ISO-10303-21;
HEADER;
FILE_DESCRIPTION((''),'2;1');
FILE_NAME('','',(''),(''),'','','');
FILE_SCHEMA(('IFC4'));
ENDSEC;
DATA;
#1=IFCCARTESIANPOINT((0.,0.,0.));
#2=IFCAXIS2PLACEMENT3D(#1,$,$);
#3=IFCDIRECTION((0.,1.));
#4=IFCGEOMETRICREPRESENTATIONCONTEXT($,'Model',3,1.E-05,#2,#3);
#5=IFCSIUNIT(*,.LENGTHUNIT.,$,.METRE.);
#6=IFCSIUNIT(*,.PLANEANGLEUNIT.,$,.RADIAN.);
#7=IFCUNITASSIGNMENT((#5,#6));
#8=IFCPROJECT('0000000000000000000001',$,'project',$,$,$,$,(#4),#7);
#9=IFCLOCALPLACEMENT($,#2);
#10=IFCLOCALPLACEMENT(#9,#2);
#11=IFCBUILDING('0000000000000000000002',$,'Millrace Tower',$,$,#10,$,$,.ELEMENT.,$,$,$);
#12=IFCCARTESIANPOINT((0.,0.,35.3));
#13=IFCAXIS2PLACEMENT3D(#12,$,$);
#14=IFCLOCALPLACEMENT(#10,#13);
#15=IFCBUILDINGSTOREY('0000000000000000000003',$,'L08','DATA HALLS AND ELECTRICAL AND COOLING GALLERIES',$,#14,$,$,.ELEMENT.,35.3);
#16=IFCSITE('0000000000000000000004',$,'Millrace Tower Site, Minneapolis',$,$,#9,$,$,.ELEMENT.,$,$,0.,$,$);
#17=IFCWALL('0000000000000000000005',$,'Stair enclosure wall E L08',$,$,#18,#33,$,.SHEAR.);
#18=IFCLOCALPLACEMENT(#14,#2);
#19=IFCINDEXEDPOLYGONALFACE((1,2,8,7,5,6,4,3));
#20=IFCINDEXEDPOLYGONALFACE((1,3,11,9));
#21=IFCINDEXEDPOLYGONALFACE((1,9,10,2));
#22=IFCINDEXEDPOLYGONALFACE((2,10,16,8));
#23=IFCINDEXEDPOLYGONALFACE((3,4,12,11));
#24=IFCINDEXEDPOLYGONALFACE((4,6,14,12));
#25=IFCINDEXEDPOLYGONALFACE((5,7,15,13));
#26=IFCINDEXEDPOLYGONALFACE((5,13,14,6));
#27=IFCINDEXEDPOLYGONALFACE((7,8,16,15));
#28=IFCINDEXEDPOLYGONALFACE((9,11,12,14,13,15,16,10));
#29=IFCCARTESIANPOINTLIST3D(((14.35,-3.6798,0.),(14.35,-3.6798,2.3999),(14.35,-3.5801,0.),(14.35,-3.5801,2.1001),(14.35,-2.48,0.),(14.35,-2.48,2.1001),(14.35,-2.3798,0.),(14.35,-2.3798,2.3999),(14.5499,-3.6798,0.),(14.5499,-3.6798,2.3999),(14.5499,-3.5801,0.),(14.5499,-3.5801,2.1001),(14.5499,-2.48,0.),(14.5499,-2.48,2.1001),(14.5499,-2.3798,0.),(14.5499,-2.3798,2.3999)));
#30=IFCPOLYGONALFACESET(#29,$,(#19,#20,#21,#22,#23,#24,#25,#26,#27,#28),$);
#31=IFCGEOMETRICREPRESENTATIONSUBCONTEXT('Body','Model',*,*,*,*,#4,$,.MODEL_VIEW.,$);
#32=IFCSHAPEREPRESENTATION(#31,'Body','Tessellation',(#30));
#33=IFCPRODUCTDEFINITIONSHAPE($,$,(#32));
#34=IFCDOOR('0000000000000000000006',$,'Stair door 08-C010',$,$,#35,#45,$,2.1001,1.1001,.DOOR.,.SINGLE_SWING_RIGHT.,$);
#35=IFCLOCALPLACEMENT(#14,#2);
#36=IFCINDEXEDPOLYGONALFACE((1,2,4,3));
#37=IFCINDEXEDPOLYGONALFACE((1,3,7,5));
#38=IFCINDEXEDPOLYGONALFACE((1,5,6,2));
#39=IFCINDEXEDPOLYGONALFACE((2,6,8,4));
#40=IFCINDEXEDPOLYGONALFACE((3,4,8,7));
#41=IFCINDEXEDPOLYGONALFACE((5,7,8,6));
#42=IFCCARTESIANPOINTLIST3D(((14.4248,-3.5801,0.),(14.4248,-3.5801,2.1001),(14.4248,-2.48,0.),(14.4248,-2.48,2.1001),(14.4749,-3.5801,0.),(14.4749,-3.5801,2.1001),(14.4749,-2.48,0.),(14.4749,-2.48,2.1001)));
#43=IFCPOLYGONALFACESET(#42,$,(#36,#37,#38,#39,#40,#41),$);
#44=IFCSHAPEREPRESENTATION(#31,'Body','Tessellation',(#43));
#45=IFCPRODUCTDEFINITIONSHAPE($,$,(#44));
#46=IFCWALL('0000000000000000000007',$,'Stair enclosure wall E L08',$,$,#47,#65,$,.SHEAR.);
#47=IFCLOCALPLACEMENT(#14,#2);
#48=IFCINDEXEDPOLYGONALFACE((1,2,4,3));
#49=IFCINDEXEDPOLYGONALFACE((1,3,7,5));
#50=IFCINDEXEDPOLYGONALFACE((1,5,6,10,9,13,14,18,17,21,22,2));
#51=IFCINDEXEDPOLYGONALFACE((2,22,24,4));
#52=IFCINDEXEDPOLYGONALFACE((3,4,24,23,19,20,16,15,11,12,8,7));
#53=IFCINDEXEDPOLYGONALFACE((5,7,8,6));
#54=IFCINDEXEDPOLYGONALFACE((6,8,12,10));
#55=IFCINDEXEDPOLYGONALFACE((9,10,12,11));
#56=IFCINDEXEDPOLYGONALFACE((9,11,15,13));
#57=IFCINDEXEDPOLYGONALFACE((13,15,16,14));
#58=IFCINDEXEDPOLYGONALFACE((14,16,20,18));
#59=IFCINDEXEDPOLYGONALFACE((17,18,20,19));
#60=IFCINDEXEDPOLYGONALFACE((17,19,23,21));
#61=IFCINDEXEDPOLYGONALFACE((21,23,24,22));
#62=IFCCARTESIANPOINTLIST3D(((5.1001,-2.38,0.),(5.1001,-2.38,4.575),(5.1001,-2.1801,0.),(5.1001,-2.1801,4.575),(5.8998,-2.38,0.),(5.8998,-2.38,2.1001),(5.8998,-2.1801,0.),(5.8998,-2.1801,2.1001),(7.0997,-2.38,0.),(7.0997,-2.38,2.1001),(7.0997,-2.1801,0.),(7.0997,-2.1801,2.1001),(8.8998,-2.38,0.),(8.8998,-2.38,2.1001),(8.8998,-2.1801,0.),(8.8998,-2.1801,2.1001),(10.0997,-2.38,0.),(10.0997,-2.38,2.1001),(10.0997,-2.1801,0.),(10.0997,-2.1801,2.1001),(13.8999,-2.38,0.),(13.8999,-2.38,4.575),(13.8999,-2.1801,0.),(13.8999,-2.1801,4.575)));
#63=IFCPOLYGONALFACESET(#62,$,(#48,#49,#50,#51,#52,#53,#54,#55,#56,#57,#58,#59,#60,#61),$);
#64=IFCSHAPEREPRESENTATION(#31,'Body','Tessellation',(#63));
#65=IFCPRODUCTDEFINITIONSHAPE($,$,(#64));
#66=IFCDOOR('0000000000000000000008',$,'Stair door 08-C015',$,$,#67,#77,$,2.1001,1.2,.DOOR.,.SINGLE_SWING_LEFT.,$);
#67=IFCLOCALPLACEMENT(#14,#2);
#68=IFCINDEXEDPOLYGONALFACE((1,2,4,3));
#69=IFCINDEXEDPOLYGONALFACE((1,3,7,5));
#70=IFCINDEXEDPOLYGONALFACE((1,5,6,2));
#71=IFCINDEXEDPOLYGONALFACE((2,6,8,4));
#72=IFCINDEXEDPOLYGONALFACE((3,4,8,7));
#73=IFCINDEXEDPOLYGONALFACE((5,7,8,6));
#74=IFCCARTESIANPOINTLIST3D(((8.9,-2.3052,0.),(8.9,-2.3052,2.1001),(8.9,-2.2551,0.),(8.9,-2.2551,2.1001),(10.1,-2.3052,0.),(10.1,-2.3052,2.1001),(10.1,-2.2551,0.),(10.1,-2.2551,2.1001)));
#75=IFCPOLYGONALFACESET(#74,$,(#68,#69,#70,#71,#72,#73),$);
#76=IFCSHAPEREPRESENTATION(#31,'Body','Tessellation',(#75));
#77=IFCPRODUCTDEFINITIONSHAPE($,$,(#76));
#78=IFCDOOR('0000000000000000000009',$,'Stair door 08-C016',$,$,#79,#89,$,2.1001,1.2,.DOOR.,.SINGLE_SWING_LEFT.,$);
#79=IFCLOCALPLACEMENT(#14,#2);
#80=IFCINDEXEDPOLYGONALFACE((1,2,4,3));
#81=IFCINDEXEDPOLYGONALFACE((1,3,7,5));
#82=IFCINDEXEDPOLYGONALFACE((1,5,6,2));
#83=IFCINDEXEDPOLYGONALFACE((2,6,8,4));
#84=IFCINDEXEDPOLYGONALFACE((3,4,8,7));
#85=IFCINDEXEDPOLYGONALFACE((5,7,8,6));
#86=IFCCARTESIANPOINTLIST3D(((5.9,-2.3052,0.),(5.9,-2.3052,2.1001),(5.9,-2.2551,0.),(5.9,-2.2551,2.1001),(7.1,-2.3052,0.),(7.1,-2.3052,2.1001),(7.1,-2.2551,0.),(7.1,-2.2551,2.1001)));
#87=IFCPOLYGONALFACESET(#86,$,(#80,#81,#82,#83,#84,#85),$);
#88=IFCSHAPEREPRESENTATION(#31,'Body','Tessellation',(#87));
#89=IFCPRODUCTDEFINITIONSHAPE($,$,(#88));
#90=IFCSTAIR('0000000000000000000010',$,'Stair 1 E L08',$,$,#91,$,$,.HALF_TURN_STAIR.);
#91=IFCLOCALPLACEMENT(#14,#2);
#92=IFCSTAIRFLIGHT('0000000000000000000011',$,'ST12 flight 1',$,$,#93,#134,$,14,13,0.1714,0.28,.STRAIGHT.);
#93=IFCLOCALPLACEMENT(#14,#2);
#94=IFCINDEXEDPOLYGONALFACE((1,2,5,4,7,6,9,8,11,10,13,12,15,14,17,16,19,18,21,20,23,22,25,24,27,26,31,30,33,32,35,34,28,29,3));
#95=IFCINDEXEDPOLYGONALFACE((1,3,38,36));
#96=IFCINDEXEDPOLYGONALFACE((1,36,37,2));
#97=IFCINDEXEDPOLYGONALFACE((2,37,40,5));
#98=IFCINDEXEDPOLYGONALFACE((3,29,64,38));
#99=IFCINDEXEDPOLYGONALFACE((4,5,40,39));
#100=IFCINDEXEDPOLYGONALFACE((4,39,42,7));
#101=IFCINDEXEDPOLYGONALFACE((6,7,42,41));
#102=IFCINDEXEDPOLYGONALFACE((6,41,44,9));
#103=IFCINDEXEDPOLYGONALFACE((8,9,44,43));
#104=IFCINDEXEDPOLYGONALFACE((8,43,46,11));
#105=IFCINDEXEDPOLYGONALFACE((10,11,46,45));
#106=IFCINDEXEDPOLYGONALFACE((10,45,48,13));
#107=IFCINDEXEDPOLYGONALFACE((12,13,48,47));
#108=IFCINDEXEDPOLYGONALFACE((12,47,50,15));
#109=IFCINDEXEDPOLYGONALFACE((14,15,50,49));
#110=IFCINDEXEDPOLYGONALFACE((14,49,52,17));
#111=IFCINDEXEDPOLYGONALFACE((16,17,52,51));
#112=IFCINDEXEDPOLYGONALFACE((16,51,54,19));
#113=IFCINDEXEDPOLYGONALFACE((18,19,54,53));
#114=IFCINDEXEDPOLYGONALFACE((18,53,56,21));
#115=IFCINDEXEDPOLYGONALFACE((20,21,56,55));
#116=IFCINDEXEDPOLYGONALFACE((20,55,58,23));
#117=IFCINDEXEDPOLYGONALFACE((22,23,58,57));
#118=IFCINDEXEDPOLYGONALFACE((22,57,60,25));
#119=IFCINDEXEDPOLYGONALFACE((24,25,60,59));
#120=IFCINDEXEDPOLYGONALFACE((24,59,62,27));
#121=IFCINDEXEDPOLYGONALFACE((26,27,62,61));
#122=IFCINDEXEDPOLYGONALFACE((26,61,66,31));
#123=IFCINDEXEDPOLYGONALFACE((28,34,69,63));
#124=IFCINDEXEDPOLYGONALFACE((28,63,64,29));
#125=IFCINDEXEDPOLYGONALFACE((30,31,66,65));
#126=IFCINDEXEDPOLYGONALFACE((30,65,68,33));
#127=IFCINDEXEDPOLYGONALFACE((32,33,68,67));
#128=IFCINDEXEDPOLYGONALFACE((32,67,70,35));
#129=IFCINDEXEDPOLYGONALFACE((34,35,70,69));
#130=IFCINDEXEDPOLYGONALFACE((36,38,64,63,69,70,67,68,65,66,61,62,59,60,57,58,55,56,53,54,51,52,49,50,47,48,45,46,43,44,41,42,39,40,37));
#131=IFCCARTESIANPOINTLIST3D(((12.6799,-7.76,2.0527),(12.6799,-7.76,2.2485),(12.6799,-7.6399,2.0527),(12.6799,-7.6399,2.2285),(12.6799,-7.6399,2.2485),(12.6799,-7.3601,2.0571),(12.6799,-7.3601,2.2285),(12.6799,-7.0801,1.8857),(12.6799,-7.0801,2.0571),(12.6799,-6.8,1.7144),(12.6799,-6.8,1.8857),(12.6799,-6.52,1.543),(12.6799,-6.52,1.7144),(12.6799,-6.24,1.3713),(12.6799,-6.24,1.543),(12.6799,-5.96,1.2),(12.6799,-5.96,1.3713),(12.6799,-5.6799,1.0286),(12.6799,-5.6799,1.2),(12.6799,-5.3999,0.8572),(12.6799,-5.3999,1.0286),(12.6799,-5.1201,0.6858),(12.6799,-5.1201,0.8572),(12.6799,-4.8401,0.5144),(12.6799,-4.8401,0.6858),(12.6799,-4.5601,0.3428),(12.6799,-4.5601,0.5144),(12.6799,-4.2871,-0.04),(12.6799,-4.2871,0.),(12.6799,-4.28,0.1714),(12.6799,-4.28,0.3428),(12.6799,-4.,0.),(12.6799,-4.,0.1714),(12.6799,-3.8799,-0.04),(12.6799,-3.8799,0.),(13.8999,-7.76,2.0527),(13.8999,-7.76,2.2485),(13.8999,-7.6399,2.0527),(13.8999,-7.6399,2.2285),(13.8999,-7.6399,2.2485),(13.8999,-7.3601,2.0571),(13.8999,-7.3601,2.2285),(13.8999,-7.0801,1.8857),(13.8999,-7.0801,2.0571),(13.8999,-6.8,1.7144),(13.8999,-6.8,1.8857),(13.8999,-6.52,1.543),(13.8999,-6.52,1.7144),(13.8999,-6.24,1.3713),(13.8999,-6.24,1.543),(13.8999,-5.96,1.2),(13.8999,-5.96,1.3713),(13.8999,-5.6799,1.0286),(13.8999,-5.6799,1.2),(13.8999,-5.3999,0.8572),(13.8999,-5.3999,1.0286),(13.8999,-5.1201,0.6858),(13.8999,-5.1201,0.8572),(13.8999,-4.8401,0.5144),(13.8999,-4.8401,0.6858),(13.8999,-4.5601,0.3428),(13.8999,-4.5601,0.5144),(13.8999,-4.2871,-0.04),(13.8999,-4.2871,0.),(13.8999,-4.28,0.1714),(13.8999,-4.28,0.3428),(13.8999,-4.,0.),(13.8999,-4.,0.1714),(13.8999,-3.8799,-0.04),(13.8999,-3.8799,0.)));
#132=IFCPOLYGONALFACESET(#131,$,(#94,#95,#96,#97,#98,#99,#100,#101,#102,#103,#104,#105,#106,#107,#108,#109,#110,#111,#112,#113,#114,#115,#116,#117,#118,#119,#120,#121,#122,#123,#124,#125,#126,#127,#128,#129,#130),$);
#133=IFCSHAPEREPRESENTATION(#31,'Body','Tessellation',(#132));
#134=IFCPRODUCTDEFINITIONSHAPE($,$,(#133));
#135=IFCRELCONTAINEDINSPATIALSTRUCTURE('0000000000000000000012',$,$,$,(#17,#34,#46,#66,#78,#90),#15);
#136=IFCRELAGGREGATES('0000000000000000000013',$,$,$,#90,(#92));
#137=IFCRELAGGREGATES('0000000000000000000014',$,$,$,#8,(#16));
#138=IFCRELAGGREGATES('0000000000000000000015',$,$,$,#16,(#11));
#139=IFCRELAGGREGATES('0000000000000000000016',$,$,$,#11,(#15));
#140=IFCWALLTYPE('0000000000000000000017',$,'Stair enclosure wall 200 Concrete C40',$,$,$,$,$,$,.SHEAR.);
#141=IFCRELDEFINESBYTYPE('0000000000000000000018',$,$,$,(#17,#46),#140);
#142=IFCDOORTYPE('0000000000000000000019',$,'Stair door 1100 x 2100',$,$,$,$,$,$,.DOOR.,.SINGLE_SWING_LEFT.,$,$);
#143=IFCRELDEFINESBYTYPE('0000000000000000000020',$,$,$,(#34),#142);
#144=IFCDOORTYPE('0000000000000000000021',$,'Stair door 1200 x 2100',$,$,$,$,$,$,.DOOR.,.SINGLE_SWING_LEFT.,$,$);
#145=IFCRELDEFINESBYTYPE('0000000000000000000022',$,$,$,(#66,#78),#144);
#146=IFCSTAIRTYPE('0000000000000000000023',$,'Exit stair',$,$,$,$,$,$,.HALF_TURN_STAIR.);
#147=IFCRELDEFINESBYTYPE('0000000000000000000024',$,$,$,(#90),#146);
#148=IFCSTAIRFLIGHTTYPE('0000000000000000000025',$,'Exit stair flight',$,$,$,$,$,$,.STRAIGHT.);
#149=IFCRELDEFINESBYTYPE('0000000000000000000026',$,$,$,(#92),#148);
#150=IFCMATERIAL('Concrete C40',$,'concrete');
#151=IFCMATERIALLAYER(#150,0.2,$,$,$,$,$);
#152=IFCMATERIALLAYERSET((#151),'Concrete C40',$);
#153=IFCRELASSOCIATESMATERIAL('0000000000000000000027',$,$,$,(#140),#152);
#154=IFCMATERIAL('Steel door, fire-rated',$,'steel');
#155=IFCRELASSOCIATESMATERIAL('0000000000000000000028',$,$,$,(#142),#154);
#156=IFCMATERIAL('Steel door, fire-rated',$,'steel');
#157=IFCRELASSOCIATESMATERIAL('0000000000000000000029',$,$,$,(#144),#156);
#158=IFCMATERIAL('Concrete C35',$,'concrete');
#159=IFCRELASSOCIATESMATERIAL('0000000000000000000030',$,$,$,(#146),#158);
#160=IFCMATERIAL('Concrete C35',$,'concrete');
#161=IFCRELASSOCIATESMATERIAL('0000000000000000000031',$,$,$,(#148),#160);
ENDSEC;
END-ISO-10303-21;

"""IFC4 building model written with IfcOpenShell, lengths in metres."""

from ifc_helpers import new_model, si_unit, direction, frame, frame_2d, origin, place, context, subcontext, project, spatial, polyline, rectangle, outline, extrude, material, layer, layer_set, type_object, element, fill, aggregate, save


model = new_model("IFC4")

# Units and contexts
model_context = context("Model", 3, precision=1e-05, world=origin(), true_north=direction((0.0, 1.0)))
body_context = subcontext(model_context, "Body", "Model", "MODEL_VIEW")
ifc_project = project(units=[si_unit("LENGTHUNIT", "METRE"), si_unit("PLANEANGLEUNIT", "RADIAN")], contexts=[model_context])

# Site, building, storey
site_placement = place(None, origin())
site = spatial("IfcSite", under=ifc_project, at=site_placement, Name="Millrace Tower Site, Minneapolis", CompositionType="ELEMENT", RefElevation=0.0)
building_placement = place(site_placement, origin())
building = spatial("IfcBuilding", under=site, at=building_placement, Name="Millrace Tower", CompositionType="ELEMENT")
storey_placement = place(building_placement, frame((0.0, 0.0, 35.3)))
storey = spatial("IfcBuildingStorey", under=building, at=storey_placement, Name="L08", Description="DATA HALLS AND ELECTRICAL AND COOLING GALLERIES", CompositionType="ELEMENT", Elevation=35.3)

# Wall, opening, door
ifc_material_1 = material(Name="Concrete C40", Category="concrete")
ifc_layer_1 = layer(ifc_material_1, 0.2)
ifc_layer_set_1 = layer_set([ifc_layer_1], Name="Concrete C40")
wall_type_1 = type_object("IfcWallType", Name="Stair enclosure wall 200 Concrete C40", PredefinedType="SHEAR", material=ifc_layer_set_1)
wall_1_placement = place(storey_placement, frame((14.45, -2.3799, 0.0), z_axis=(0.0, 0.0, 1.0), x_axis=(0.0, -1.0, 0.0)))
wall_1 = element("IfcWall", 1, at=wall_1_placement, inside=storey, type_object=wall_type_1, Name="Stair enclosure wall E L08", PredefinedType="SHEAR", context=body_context, shape_type="SweptSolid", body=[
    extrude(rectangle(XDim=1.3, YDim=0.2, at=frame_2d((0.6499, 0.0))), origin(), (0.0, 0.0, 1.0), 2.3999),
])
opening_1_placement = place(wall_1_placement, frame((0.1001, 0.0, 0.0)))
opening_1 = element("IfcOpeningElement", 2, at=opening_1_placement, cuts=wall_1, PredefinedType="OPENING", context=body_context, shape_type="SweptSolid", body=[
    extrude(rectangle(XDim=1.1001, YDim=2.1001, at=frame_2d((0.55, 1.05))), frame((0.0, 0.1099, 0.0), z_axis=(0.0, -1.0, 0.0), x_axis=(1.0, 0.0, 0.0)), (0.0, 0.0, 1.0), 0.22),
])
ifc_material_2 = material(Name="Steel door, fire-rated", Category="steel")
door_type_1 = type_object("IfcDoorType", Name="Stair door 1100 x 2100", OperationType="SINGLE_SWING_LEFT", PredefinedType="DOOR", material=ifc_material_2)
door_1_placement = place(opening_1_placement, origin())
door_1 = element("IfcDoor", 3, at=door_1_placement, inside=storey, type_object=door_type_1, Name="Stair door 08-C010", OperationType="SINGLE_SWING_RIGHT", OverallHeight=2.1001, OverallWidth=1.1001, PredefinedType="DOOR", context=body_context, shape_type="SweptSolid", body=[
    extrude(rectangle(XDim=1.1001, YDim=2.1001, at=frame_2d((0.55, 1.05))), frame((0.0, 0.0249, 0.0), z_axis=(0.0, -1.0, 0.0), x_axis=(1.0, 0.0, 0.0)), (0.0, 0.0, 1.0), 0.05),
])
fill(opening_1, door_1)

# Wall, openings, doors
wall_2_placement = place(storey_placement, frame((13.8999, -2.28, 0.0), z_axis=(0.0, 0.0, 1.0), x_axis=(-1.0, 0.0, 0.0)))
wall_2 = element("IfcWall", 4, at=wall_2_placement, inside=storey, type_object=wall_type_1, Name="Stair enclosure wall E L08", PredefinedType="SHEAR", context=body_context, shape_type="SweptSolid", body=[
    extrude(rectangle(XDim=8.7998, YDim=0.2, at=frame_2d((4.3999, 0.0))), origin(), (0.0, 0.0, 1.0), 4.575),
])
opening_2_placement = place(wall_2_placement, frame((3.8, 0.0, 0.0)))
opening_2 = element("IfcOpeningElement", 5, at=opening_2_placement, cuts=wall_2, PredefinedType="OPENING", context=body_context, shape_type="SweptSolid", body=[
    extrude(rectangle(XDim=1.2, YDim=2.1001, at=frame_2d((0.6001, 1.05))), frame((0.0, 0.1099, 0.0), z_axis=(0.0, -1.0, 0.0), x_axis=(1.0, 0.0, 0.0)), (0.0, 0.0, 1.0), 0.22),
])
opening_3_placement = place(wall_2_placement, frame((6.8, 0.0, 0.0)))
opening_3 = element("IfcOpeningElement", 6, at=opening_3_placement, cuts=wall_2, PredefinedType="OPENING", context=body_context, shape_type="SweptSolid", body=[
    extrude(rectangle(XDim=1.2, YDim=2.1001, at=frame_2d((0.6001, 1.05))), frame((0.0, 0.1099, 0.0), z_axis=(0.0, -1.0, 0.0), x_axis=(1.0, 0.0, 0.0)), (0.0, 0.0, 1.0), 0.22),
])
ifc_material_3 = material(Name="Steel door, fire-rated", Category="steel")
door_type_2 = type_object("IfcDoorType", Name="Stair door 1200 x 2100", OperationType="SINGLE_SWING_LEFT", PredefinedType="DOOR", material=ifc_material_3)
door_2_placement = place(opening_2_placement, frame((1.2, 0.0, 0.0), z_axis=(0.0, 0.0, 1.0), x_axis=(-1.0, 0.0, 0.0)))
door_2 = element("IfcDoor", 7, at=door_2_placement, inside=storey, type_object=door_type_2, Name="Stair door 08-C015", OperationType="SINGLE_SWING_LEFT", OverallHeight=2.1001, OverallWidth=1.2, PredefinedType="DOOR", context=body_context, shape_type="SweptSolid", body=[
    extrude(rectangle(XDim=1.2, YDim=2.1001, at=frame_2d((0.6001, 1.05))), frame((0.0, 0.0249, 0.0), z_axis=(0.0, -1.0, 0.0), x_axis=(1.0, 0.0, 0.0)), (0.0, 0.0, 1.0), 0.05),
])
fill(opening_2, door_2)
door_3_placement = place(opening_3_placement, frame((1.2, 0.0, 0.0), z_axis=(0.0, 0.0, 1.0), x_axis=(-1.0, 0.0, 0.0)))
door_3 = element("IfcDoor", 8, at=door_3_placement, inside=storey, type_object=door_type_2, Name="Stair door 08-C016", OperationType="SINGLE_SWING_LEFT", OverallHeight=2.1001, OverallWidth=1.2, PredefinedType="DOOR", context=body_context, shape_type="SweptSolid", body=[
    extrude(rectangle(XDim=1.2, YDim=2.1001, at=frame_2d((0.6001, 1.05))), frame((0.0, 0.0249, 0.0), z_axis=(0.0, -1.0, 0.0), x_axis=(1.0, 0.0, 0.0)), (0.0, 0.0, 1.0), 0.05),
])
fill(opening_3, door_3)

# Stair, stair flight
ifc_material_4 = material(Name="Concrete C35", Category="concrete")
stair_type = type_object("IfcStairType", Name="Exit stair", PredefinedType="HALF_TURN_STAIR", material=ifc_material_4)
stair_placement = place(storey_placement, origin())
stair = element("IfcStair", 9, at=stair_placement, inside=storey, type_object=stair_type, Name="Stair 1 E L08", PredefinedType="HALF_TURN_STAIR")
ifc_material_5 = material(Name="Concrete C35", Category="concrete")
stair_flight_type = type_object("IfcStairFlightType", Name="Exit stair flight", PredefinedType="STRAIGHT", material=ifc_material_5)
stair_flight_placement = place(storey_placement, frame((13.29, -4.0, 0.0), z_axis=(0.0, 0.0, 1.0), x_axis=(0.0, -1.0, 0.0)))
stair_flight = element("IfcStairFlight", 10, at=stair_flight_placement, type_object=stair_flight_type, Name="ST12 flight 1", NumberOfRisers=14, NumberOfTreads=13, PredefinedType="STRAIGHT", RiserHeight=0.1714, TreadLength=0.28, context=body_context, shape_type="SweptSolid", body=[
    extrude(outline(polyline([(-0.1201, -0.04), (-0.1201, 0.0), (0.0, 0.0), (0.0, 0.1714), (0.28, 0.1714), (0.28, 0.3428), (0.5601, 0.3428), (0.5601, 0.5144), (0.8401, 0.5144), (0.8401, 0.6858), (1.1201, 0.6858), (1.1201, 0.8572), (1.3999, 0.8572), (1.3999, 1.0286), (1.6799, 1.0286), (1.6799, 1.2), (1.96, 1.2), (1.96, 1.3713), (2.24, 1.3713), (2.24, 1.543), (2.52, 1.543), (2.52, 1.7144), (2.8, 1.7144), (2.8, 1.8857), (3.0801, 1.8857), (3.0801, 2.0571), (3.3601, 2.0571), (3.3601, 2.2285), (3.6399, 2.2285), (3.6399, 2.2485), (3.76, 2.2485), (3.76, 2.0527), (3.6399, 2.0527), (0.2871, 0.0), (0.2871, -0.04), (-0.1201, -0.04)])), frame((0.0, 0.6099, 0.0), z_axis=(0.0, -1.0, 0.0), x_axis=(1.0, 0.0, 0.0)), (0.0, 0.0, 1.0), 1.22),
])
aggregate(stair, [stair_flight])

save(model, "model.ifc")
